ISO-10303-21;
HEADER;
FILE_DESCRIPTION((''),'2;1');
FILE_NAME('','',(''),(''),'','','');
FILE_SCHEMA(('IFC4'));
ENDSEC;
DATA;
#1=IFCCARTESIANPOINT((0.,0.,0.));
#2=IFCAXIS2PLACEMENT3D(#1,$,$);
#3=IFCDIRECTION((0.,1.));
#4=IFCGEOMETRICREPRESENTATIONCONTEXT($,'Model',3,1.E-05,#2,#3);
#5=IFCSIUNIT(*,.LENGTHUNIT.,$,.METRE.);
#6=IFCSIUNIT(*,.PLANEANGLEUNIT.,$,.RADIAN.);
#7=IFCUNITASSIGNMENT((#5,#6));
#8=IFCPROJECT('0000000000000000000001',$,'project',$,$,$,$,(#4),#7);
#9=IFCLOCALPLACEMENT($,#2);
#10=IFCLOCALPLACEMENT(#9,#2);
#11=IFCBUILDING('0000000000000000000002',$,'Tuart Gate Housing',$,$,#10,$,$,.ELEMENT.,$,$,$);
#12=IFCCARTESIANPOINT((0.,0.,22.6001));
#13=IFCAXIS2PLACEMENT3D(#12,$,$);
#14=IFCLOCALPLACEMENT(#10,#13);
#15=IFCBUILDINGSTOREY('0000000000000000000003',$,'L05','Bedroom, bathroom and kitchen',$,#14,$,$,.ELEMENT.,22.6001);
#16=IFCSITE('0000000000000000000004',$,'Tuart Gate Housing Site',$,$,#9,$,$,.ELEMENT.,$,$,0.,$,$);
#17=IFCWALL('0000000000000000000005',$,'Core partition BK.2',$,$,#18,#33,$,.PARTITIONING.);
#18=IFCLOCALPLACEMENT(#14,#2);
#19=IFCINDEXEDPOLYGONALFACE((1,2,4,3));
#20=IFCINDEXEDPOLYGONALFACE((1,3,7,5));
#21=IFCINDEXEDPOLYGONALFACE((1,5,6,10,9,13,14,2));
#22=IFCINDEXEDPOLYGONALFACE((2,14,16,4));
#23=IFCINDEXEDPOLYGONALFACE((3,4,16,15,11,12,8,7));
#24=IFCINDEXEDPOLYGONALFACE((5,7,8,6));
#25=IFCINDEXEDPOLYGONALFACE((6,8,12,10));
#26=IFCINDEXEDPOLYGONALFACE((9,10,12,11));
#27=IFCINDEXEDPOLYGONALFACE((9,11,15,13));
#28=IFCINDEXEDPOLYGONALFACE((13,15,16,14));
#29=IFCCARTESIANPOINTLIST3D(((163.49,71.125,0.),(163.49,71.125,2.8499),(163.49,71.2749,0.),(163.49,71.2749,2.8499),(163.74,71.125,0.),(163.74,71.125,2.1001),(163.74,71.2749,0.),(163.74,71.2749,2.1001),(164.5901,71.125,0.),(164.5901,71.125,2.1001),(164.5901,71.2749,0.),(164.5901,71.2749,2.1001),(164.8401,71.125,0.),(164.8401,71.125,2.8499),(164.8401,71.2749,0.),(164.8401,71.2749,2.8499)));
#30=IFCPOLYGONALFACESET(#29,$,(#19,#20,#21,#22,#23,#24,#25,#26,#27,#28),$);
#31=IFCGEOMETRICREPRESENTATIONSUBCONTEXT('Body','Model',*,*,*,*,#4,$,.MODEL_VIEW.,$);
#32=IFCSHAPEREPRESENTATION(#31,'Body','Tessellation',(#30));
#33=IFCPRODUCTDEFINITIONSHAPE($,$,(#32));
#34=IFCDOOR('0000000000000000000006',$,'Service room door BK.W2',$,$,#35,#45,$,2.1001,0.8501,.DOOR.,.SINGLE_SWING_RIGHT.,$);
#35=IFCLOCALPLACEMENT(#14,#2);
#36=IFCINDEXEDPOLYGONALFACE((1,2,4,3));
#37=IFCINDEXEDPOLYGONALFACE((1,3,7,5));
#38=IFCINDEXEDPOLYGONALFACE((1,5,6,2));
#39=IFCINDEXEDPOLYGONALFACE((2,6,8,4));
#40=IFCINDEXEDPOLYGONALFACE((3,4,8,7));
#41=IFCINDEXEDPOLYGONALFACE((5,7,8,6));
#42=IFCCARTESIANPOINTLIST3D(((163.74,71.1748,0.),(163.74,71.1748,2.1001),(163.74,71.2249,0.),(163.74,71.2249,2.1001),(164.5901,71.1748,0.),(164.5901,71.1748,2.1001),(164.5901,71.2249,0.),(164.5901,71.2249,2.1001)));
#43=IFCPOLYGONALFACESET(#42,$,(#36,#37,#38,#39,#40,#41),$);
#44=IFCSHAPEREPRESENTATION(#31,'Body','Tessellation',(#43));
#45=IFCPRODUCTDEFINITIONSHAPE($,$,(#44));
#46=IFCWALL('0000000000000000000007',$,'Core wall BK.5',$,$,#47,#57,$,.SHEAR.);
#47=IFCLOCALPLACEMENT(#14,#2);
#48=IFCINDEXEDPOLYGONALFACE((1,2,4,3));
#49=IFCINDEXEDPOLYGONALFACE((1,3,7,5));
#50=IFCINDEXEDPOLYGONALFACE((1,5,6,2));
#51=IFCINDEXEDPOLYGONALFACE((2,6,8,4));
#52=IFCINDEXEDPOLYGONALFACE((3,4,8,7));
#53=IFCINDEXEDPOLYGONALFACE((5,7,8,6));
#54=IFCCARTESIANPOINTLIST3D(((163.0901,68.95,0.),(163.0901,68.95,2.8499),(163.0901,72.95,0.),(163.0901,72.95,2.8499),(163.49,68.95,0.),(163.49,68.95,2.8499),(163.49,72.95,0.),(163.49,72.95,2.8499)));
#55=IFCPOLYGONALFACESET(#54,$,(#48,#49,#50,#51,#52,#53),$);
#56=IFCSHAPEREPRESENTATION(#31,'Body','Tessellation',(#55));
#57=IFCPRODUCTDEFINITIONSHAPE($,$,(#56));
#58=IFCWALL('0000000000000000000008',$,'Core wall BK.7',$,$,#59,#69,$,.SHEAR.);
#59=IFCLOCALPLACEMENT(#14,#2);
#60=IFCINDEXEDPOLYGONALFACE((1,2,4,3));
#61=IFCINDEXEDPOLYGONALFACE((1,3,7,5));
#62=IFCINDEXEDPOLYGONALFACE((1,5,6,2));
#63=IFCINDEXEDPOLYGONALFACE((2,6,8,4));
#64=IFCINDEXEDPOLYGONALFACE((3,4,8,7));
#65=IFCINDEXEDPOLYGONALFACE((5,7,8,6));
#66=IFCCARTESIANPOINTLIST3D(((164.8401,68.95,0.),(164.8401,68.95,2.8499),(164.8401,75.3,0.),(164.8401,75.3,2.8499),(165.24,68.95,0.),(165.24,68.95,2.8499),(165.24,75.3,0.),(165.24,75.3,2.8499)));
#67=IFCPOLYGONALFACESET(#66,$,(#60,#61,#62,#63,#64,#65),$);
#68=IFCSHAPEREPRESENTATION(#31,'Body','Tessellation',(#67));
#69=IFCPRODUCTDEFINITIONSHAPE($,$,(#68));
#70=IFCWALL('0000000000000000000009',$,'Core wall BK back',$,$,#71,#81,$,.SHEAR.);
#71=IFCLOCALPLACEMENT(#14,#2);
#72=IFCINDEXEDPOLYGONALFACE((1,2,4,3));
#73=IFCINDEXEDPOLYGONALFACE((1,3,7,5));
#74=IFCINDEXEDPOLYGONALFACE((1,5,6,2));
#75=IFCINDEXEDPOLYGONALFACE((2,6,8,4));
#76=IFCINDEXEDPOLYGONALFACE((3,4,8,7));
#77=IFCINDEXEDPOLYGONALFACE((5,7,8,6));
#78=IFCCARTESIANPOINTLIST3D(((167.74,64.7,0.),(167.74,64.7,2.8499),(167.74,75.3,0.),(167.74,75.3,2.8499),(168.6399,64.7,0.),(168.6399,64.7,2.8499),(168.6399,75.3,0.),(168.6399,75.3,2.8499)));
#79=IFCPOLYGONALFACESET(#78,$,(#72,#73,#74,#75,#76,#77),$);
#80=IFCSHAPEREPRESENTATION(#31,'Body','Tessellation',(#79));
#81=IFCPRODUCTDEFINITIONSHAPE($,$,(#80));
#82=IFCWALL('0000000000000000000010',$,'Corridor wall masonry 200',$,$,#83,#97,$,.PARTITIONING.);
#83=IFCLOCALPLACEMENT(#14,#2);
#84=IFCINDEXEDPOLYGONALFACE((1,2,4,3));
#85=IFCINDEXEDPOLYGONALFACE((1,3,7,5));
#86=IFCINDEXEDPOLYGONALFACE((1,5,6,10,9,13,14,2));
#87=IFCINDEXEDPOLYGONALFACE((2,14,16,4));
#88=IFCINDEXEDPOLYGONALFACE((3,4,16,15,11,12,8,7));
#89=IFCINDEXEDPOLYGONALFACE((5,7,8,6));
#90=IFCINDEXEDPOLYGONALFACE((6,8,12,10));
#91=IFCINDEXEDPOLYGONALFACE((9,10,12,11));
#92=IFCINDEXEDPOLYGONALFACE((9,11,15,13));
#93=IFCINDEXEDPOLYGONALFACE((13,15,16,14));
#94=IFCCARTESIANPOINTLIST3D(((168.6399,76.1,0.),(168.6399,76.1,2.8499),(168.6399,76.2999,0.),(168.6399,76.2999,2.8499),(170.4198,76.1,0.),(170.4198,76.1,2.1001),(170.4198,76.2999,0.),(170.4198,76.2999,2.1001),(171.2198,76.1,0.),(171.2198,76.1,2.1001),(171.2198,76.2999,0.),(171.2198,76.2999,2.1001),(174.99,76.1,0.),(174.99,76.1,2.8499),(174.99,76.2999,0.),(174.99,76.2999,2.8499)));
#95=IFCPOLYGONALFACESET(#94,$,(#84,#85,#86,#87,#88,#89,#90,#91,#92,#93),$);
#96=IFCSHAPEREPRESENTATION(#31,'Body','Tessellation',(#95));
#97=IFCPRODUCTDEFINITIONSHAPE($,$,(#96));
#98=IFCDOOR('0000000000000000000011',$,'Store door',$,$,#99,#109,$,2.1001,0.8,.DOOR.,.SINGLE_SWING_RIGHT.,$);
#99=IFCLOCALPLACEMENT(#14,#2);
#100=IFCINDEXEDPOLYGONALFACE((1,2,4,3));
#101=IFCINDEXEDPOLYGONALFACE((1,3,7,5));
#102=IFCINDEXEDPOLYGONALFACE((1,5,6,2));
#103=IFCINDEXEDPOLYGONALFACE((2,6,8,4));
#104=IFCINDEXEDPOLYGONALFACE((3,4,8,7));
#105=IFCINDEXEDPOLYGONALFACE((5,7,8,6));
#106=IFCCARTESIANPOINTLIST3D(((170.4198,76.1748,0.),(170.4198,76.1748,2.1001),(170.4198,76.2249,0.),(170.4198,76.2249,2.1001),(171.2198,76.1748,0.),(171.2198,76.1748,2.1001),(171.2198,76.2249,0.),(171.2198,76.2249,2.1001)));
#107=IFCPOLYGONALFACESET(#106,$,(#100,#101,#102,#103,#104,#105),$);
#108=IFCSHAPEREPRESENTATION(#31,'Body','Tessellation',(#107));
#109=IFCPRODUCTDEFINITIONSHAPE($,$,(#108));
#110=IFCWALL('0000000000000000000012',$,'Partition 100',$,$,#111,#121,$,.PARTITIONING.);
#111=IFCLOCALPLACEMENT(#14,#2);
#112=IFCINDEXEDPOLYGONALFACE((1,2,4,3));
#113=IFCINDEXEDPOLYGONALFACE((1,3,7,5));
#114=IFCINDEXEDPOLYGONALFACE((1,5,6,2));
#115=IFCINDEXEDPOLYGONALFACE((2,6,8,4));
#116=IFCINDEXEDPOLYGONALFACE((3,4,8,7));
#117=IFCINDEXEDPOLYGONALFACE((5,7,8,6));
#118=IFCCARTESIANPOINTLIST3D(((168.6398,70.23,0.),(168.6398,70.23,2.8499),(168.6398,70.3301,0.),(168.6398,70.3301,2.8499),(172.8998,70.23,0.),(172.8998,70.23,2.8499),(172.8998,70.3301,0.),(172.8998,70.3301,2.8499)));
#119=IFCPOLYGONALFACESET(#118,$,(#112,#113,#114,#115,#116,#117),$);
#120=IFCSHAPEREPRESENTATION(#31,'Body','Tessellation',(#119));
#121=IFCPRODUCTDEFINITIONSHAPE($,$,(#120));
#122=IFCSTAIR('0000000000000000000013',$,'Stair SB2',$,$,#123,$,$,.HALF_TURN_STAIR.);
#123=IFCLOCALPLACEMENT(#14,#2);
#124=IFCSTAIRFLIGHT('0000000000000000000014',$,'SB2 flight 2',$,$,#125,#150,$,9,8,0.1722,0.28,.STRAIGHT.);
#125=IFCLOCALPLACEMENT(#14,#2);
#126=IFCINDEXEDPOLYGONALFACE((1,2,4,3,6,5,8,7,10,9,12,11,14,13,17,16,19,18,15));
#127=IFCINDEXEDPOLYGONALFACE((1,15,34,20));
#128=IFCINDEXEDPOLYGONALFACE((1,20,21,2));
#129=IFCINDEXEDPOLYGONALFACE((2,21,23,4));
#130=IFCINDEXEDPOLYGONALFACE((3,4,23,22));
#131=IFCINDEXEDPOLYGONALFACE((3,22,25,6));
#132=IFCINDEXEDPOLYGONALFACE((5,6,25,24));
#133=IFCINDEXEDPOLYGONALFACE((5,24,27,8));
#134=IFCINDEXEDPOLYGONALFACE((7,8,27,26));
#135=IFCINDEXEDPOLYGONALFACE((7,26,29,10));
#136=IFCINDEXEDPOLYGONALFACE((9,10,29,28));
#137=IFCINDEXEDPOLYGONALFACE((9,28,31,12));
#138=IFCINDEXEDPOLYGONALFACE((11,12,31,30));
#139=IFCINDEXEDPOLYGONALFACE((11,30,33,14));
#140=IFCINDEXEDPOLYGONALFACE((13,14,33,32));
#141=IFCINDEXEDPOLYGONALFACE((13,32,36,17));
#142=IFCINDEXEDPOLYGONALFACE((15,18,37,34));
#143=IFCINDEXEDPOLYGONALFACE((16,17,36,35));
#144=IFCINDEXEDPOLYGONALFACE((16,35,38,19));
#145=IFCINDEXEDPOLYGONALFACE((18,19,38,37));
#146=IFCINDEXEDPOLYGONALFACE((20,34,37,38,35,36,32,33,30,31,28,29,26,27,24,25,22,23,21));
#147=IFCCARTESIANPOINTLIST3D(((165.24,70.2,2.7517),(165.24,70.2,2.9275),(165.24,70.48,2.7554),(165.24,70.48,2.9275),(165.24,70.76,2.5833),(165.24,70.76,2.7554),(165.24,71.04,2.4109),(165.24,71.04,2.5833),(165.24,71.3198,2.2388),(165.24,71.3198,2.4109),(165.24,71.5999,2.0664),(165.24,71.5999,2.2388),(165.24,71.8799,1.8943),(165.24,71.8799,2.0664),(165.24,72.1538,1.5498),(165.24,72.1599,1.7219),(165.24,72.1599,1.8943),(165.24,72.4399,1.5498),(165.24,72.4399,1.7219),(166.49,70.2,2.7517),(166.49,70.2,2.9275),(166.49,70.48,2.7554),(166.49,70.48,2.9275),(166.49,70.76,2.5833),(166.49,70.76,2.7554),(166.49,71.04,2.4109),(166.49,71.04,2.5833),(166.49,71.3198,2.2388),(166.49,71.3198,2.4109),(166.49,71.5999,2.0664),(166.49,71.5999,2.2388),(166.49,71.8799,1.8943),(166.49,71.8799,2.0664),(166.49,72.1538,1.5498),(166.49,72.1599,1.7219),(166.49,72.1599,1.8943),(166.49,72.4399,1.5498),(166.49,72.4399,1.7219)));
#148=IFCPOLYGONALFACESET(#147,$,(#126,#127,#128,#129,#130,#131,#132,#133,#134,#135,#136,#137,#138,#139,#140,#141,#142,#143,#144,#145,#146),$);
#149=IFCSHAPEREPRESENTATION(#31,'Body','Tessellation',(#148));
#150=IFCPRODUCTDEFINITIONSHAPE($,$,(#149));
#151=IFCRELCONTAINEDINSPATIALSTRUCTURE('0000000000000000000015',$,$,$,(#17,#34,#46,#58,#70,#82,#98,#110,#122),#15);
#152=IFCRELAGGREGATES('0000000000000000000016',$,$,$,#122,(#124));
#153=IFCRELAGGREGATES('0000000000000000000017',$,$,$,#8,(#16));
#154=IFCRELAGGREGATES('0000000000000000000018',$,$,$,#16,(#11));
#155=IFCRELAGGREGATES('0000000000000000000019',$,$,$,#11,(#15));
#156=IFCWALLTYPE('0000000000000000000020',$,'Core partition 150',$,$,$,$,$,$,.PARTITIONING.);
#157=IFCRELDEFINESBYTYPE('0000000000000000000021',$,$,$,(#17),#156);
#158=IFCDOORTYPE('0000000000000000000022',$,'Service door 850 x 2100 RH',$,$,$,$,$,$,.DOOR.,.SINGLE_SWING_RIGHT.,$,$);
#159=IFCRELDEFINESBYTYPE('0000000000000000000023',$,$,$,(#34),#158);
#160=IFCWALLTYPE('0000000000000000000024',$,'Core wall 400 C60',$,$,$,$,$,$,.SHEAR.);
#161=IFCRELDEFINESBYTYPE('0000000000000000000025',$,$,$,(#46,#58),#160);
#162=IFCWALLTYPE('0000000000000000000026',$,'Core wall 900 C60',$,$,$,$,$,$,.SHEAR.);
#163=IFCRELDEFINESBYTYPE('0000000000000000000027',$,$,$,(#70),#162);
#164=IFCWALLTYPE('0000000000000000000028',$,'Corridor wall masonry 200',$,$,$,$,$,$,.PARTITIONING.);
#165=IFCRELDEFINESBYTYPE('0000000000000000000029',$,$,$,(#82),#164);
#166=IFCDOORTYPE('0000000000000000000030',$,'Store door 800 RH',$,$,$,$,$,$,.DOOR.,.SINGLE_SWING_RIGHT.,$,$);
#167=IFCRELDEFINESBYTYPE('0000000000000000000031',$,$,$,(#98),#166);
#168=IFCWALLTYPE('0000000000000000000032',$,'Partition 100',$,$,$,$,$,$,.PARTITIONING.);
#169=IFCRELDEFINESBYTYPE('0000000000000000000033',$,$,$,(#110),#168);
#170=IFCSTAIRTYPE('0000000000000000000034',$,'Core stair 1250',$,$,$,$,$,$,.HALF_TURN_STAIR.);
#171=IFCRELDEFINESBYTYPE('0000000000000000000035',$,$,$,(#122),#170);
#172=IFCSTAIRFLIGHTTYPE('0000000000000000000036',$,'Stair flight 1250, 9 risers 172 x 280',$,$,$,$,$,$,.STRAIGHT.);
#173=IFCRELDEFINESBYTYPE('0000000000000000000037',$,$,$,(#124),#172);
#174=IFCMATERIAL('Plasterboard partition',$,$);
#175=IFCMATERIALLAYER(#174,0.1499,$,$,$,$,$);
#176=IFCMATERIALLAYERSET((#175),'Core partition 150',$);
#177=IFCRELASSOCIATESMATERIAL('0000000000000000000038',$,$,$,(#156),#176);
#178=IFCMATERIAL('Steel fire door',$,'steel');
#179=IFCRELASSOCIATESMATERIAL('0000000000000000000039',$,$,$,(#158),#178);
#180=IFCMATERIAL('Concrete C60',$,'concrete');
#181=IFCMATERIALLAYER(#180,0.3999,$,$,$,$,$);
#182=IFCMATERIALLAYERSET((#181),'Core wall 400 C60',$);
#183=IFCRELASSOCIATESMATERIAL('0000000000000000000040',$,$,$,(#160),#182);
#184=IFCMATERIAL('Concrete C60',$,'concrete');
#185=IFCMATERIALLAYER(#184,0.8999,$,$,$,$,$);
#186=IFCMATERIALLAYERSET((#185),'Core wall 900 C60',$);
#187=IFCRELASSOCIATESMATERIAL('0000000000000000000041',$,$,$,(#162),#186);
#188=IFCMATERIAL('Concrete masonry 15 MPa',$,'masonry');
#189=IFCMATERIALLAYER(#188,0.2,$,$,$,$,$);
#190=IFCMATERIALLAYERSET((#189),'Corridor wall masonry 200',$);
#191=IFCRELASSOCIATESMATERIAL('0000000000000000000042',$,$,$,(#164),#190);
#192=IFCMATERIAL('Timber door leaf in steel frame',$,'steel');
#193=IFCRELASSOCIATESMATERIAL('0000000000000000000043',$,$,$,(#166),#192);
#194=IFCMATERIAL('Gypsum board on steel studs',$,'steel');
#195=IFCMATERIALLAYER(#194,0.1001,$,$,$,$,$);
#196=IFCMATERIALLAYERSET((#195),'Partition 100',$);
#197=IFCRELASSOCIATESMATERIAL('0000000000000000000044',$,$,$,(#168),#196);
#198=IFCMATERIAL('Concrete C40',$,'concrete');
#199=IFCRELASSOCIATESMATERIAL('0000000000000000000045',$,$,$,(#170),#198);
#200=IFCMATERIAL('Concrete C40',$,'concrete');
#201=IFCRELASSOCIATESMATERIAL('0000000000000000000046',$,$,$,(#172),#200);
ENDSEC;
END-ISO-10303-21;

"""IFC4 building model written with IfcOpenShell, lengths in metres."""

from ifc_helpers import new_model, si_unit, direction, frame, frame_2d, origin, place, context, subcontext, project, spatial, polyline, rectangle, outline, extrude, material, layer, layer_set, type_object, element, fill, aggregate, save


model = new_model("IFC4")

# Units and contexts
model_context = context("Model", 3, precision=1e-05, world=origin(), true_north=direction((0.0, 1.0)))
body_context = subcontext(model_context, "Body", "Model", "MODEL_VIEW")
ifc_project = project(units=[si_unit("LENGTHUNIT", "METRE"), si_unit("PLANEANGLEUNIT", "RADIAN")], contexts=[model_context])

# Site, building, storey
site_placement = place(None, origin())
site = spatial("IfcSite", under=ifc_project, at=site_placement, Name="Tuart Gate Housing Site", CompositionType="ELEMENT", RefElevation=0.0)
building_placement = place(site_placement, origin())
building = spatial("IfcBuilding", under=site, at=building_placement, Name="Tuart Gate Housing", CompositionType="ELEMENT")
storey_placement = place(building_placement, frame((0.0, 0.0, 22.6001)))
storey = spatial("IfcBuildingStorey", under=building, at=storey_placement, Name="L05", Description="Bedroom, bathroom and kitchen", CompositionType="ELEMENT", Elevation=22.6001)

# Wall, opening, door
ifc_material_1 = material(Name="Plasterboard partition")
ifc_layer_1 = layer(ifc_material_1, 0.1499)
ifc_layer_set_1 = layer_set([ifc_layer_1], Name="Core partition 150")
wall_type_1 = type_object("IfcWallType", Name="Core partition 150", PredefinedType="PARTITIONING", material=ifc_layer_set_1)
wall_1_placement = place(storey_placement, frame((163.49, 71.2, 0.0), z_axis=(0.0, 0.0, 1.0), x_axis=(1.0, 0.0, 0.0)))
wall_1 = element("IfcWall", 1, at=wall_1_placement, inside=storey, type_object=wall_type_1, Name="Core partition BK.2", PredefinedType="PARTITIONING", context=body_context, shape_type="SweptSolid", body=[
    extrude(rectangle(XDim=1.3501, YDim=0.1499, at=frame_2d((0.675, 0.0))), origin(), (0.0, 0.0, 1.0), 2.8499),
])
opening_1_placement = place(wall_1_placement, frame((0.25, 0.0, 0.0)))
opening_1 = element("IfcOpeningElement", 2, at=opening_1_placement, cuts=wall_1, PredefinedType="OPENING", context=body_context, shape_type="SweptSolid", body=[
    extrude(rectangle(XDim=0.8501, YDim=2.1001, at=frame_2d((0.425, 1.05))), frame((0.0, 0.085, 0.0), z_axis=(0.0, -1.0, 0.0), x_axis=(1.0, 0.0, 0.0)), (0.0, 0.0, 1.0), 0.1699),
])
ifc_material_2 = material(Name="Steel fire door", Category="steel")
door_type_1 = type_object("IfcDoorType", Name="Service door 850 x 2100 RH", OperationType="SINGLE_SWING_RIGHT", PredefinedType="DOOR", material=ifc_material_2)
door_1_placement = place(opening_1_placement, frame((0.8501, 0.0, 0.0), z_axis=(0.0, 0.0, 1.0), x_axis=(-1.0, 0.0, 0.0)))
door_1 = element("IfcDoor", 3, at=door_1_placement, inside=storey, type_object=door_type_1, Name="Service room door BK.W2", OperationType="SINGLE_SWING_RIGHT", OverallHeight=2.1001, OverallWidth=0.8501, PredefinedType="DOOR", context=body_context, shape_type="SweptSolid", body=[
    extrude(rectangle(XDim=0.8501, YDim=2.1001, at=frame_2d((0.425, 1.05))), frame((0.0, 0.0251, 0.0), z_axis=(0.0, -1.0, 0.0), x_axis=(1.0, 0.0, 0.0)), (0.0, 0.0, 1.0), 0.05),
])
fill(opening_1, door_1)

# Walls
ifc_material_3 = material(Name="Concrete C60", Category="concrete")
ifc_layer_2 = layer(ifc_material_3, 0.3999)
ifc_layer_set_2 = layer_set([ifc_layer_2], Name="Core wall 400 C60")
wall_type_2 = type_object("IfcWallType", Name="Core wall 400 C60", PredefinedType="SHEAR", material=ifc_layer_set_2)
wall_2_placement = place(storey_placement, frame((163.29, 72.95, 0.0), z_axis=(0.0, 0.0, 1.0), x_axis=(0.0, -1.0, 0.0)))
element("IfcWall", 4, at=wall_2_placement, inside=storey, type_object=wall_type_2, Name="Core wall BK.5", PredefinedType="SHEAR", context=body_context, shape_type="SweptSolid", body=[
    extrude(rectangle(XDim=4.0, YDim=0.3999, at=frame_2d((2.0, 0.0))), origin(), (0.0, 0.0, 1.0), 2.8499),
])
wall_3_placement = place(storey_placement, frame((165.04, 75.3, 0.0), z_axis=(0.0, 0.0, 1.0), x_axis=(0.0, -1.0, 0.0)))
element("IfcWall", 5, at=wall_3_placement, inside=storey, type_object=wall_type_2, Name="Core wall BK.7", PredefinedType="SHEAR", context=body_context, shape_type="SweptSolid", body=[
    extrude(rectangle(XDim=6.3501, YDim=0.3999, at=frame_2d((3.175, 0.0))), origin(), (0.0, 0.0, 1.0), 2.8499),
])
ifc_material_4 = material(Name="Concrete C60", Category="concrete")
ifc_layer_3 = layer(ifc_material_4, 0.8999)
ifc_layer_set_3 = layer_set([ifc_layer_3], Name="Core wall 900 C60")
wall_type_3 = type_object("IfcWallType", Name="Core wall 900 C60", PredefinedType="SHEAR", material=ifc_layer_set_3)
wall_4_placement = place(storey_placement, frame((168.1899, 75.3, 0.0), z_axis=(0.0, 0.0, 1.0), x_axis=(0.0, -1.0, 0.0)))
element("IfcWall", 6, at=wall_4_placement, inside=storey, type_object=wall_type_3, Name="Core wall BK back", PredefinedType="SHEAR", context=body_context, shape_type="SweptSolid", body=[
    extrude(rectangle(XDim=10.6001, YDim=0.8999, at=frame_2d((5.3, 0.0))), origin(), (0.0, 0.0, 1.0), 2.8499),
])

# Wall, opening, door
ifc_material_5 = material(Name="Concrete masonry 15 MPa", Category="masonry")
ifc_layer_4 = layer(ifc_material_5, 0.2)
ifc_layer_set_4 = layer_set([ifc_layer_4], Name="Corridor wall masonry 200")
wall_type_4 = type_object("IfcWallType", Name="Corridor wall masonry 200", PredefinedType="PARTITIONING", material=ifc_layer_set_4)
wall_5_placement = place(storey_placement, frame((168.6399, 76.2, 0.0), z_axis=(0.0, 0.0, 1.0), x_axis=(1.0, 0.0, 0.0)))
wall_5 = element("IfcWall", 7, at=wall_5_placement, inside=storey, type_object=wall_type_4, Name="Corridor wall masonry 200", PredefinedType="PARTITIONING", context=body_context, shape_type="SweptSolid", body=[
    extrude(rectangle(XDim=6.3501, YDim=0.2, at=frame_2d((3.175, 0.0))), origin(), (0.0, 0.0, 1.0), 2.8499),
])
opening_2_placement = place(wall_5_placement, frame((1.78, 0.0, 0.0)))
opening_2 = element("IfcOpeningElement", 8, at=opening_2_placement, cuts=wall_5, PredefinedType="OPENING", context=body_context, shape_type="SweptSolid", body=[
    extrude(rectangle(XDim=0.8, YDim=2.1001, at=frame_2d((0.3999, 1.05))), frame((0.0, 0.1099, 0.0), z_axis=(0.0, -1.0, 0.0), x_axis=(1.0, 0.0, 0.0)), (0.0, 0.0, 1.0), 0.22),
])
ifc_material_6 = material(Name="Timber door leaf in steel frame", Category="steel")
door_type_2 = type_object("IfcDoorType", Name="Store door 800 RH", OperationType="SINGLE_SWING_RIGHT", PredefinedType="DOOR", material=ifc_material_6)
door_2_placement = place(opening_2_placement, frame((0.8, 0.0, 0.0), z_axis=(0.0, 0.0, 1.0), x_axis=(-1.0, 0.0, 0.0)))
door_2 = element("IfcDoor", 9, at=door_2_placement, inside=storey, type_object=door_type_2, Name="Store door", OperationType="SINGLE_SWING_RIGHT", OverallHeight=2.1001, OverallWidth=0.8, PredefinedType="DOOR", context=body_context, shape_type="SweptSolid", body=[
    extrude(rectangle(XDim=0.8, YDim=2.1001, at=frame_2d((0.4001, 1.05))), frame((0.0, 0.0251, 0.0), z_axis=(0.0, -1.0, 0.0), x_axis=(1.0, 0.0, 0.0)), (0.0, 0.0, 1.0), 0.05),
])
fill(opening_2, door_2)

# Wall
ifc_material_7 = material(Name="Gypsum board on steel studs", Category="steel")
ifc_layer_5 = layer(ifc_material_7, 0.1001)
ifc_layer_set_5 = layer_set([ifc_layer_5], Name="Partition 100")
wall_type_5 = type_object("IfcWallType", Name="Partition 100", PredefinedType="PARTITIONING", material=ifc_layer_set_5)
wall_6_placement = place(storey_placement, frame((168.6399, 70.28, 0.0), z_axis=(0.0, 0.0, 1.0), x_axis=(1.0, 0.0, 0.0)))
element("IfcWall", 10, at=wall_6_placement, inside=storey, type_object=wall_type_5, Name="Partition 100", PredefinedType="PARTITIONING", context=body_context, shape_type="SweptSolid", body=[
    extrude(rectangle(XDim=4.26, YDim=0.1001, at=frame_2d((2.1299, 0.0))), origin(), (0.0, 0.0, 1.0), 2.8499),
])

# Stair, stair flight
ifc_material_8 = material(Name="Concrete C40", Category="concrete")
stair_type = type_object("IfcStairType", Name="Core stair 1250", PredefinedType="HALF_TURN_STAIR", material=ifc_material_8)
stair_placement = place(storey_placement, origin())
stair = element("IfcStair", 11, at=stair_placement, inside=storey, type_object=stair_type, Name="Stair SB2", PredefinedType="HALF_TURN_STAIR")
ifc_material_9 = material(Name="Concrete C40", Category="concrete")
stair_flight_type = type_object("IfcStairFlightType", Name="Stair flight 1250, 9 risers 172 x 280", PredefinedType="STRAIGHT", material=ifc_material_9)
stair_flight_placement = place(storey_placement, frame((165.865, 72.4399, 1.5498), z_axis=(0.0, 0.0, 1.0), x_axis=(0.0, -1.0, 0.0)))
stair_flight = element("IfcStairFlight", 12, at=stair_flight_placement, type_object=stair_flight_type, Name="SB2 flight 2", NumberOfRisers=9, NumberOfTreads=8, PredefinedType="STRAIGHT", RiserHeight=0.1722, TreadLength=0.28, context=body_context, shape_type="SweptSolid", body=[
    extrude(outline(polyline([(0.0, 0.0), (0.0, 0.1721), (0.28, 0.1721), (0.28, 0.3445), (0.5601, 0.3445), (0.5601, 0.5166), (0.8401, 0.5166), (0.8401, 0.689), (1.1201, 0.689), (1.1201, 0.8611), (1.3999, 0.8611), (1.3999, 1.0334), (1.6799, 1.0334), (1.6799, 1.2056), (1.96, 1.2056), (1.96, 1.3777), (2.24, 1.3777), (2.24, 1.55), (2.24, 1.2019), (0.2861, 0.0), (0.0, 0.0)])), frame((0.0, 0.625, 0.0), z_axis=(0.0, -1.0, 0.0), x_axis=(1.0, 0.0, 0.0)), (0.0, 0.0, 1.0), 1.25),
])
aggregate(stair, [stair_flight])

save(model, "model.ifc")
